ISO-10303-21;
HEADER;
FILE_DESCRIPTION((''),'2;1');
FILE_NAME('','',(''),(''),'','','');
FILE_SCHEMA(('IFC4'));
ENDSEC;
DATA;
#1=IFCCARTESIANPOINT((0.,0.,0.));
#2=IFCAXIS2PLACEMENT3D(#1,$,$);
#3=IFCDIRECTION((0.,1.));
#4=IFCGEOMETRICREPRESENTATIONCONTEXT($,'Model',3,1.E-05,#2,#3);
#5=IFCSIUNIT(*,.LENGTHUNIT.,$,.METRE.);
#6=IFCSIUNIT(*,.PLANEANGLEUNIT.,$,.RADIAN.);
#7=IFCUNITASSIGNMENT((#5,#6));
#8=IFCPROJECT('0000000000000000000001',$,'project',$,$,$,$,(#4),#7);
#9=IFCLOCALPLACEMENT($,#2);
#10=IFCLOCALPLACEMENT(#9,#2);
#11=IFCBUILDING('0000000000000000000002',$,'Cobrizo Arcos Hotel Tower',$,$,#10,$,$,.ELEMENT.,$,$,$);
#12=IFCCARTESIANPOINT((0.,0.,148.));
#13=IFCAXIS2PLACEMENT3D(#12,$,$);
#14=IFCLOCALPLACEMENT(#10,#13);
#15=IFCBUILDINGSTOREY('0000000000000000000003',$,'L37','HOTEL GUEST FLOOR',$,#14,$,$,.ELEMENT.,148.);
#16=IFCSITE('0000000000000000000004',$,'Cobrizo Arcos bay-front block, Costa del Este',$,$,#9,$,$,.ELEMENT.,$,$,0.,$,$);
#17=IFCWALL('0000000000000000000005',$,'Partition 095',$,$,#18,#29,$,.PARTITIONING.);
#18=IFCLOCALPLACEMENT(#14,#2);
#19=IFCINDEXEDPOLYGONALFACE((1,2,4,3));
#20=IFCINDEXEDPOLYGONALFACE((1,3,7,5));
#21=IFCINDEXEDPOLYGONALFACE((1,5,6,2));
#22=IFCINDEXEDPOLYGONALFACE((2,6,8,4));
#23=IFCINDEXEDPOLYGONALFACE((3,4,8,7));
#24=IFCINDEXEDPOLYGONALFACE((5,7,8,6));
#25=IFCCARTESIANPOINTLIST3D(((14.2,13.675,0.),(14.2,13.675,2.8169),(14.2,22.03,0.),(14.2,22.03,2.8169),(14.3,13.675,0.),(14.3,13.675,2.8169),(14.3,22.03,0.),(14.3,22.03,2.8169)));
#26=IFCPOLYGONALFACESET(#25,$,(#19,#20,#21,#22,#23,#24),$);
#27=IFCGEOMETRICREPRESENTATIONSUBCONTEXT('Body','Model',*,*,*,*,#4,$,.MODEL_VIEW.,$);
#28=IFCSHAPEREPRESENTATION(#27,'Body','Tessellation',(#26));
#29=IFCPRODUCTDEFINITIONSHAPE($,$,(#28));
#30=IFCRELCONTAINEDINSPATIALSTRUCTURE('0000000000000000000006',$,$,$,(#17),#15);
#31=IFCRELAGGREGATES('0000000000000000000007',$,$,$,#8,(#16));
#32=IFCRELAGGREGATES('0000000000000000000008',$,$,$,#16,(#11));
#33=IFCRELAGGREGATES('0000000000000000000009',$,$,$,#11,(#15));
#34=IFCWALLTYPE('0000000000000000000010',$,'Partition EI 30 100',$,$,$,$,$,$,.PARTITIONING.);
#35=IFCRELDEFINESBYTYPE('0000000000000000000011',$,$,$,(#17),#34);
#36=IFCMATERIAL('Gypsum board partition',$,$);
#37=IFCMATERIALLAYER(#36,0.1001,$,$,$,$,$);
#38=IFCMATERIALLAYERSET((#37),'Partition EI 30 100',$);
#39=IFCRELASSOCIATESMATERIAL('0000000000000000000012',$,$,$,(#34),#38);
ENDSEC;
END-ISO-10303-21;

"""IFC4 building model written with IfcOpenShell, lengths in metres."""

from ifc_helpers import new_model, si_unit, direction, frame, frame_2d, origin, place, context, subcontext, project, spatial, rectangle, extrude, material, layer, layer_set, type_object, element, save


model = new_model("IFC4")

# Units and contexts
model_context = context("Model", 3, precision=1e-05, world=origin(), true_north=direction((0.0, 1.0)))
body_context = subcontext(model_context, "Body", "Model", "MODEL_VIEW")
ifc_project = project(units=[si_unit("LENGTHUNIT", "METRE"), si_unit("PLANEANGLEUNIT", "RADIAN")], contexts=[model_context])

# Site, building, storey
site_placement = place(None, origin())
site = spatial("IfcSite", under=ifc_project, at=site_placement, Name="Cobrizo Arcos bay-front block, Costa del Este", CompositionType="ELEMENT", RefElevation=0.0)
building_placement = place(site_placement, origin())
building = spatial("IfcBuilding", under=site, at=building_placement, Name="Cobrizo Arcos Hotel Tower", CompositionType="ELEMENT")
storey_placement = place(building_placement, frame((0.0, 0.0, 148.0)))
storey = spatial("IfcBuildingStorey", under=building, at=storey_placement, Name="L37", Description="HOTEL GUEST FLOOR", CompositionType="ELEMENT", Elevation=148.0)

# Shared definitions
ifc_material_1 = material(Name="Gypsum board partition")

# Shared definitions
ifc_layer_1 = layer(ifc_material_1, 0.1001)
ifc_layer_set_1 = layer_set([ifc_layer_1], Name="Partition EI 30 100")
wall_type_1 = type_object("IfcWallType", Name="Partition EI 30 100", PredefinedType="PARTITIONING", material=ifc_layer_set_1)

# Wall
wall_1_placement = place(storey_placement, frame((14.25, 13.675, 0.0), z_axis=(0.0, 0.0, 1.0), x_axis=(0.0, 1.0, 0.0)))
element("IfcWall", 1, at=wall_1_placement, inside=storey, type_object=wall_type_1, Name="Partition 095", PredefinedType="PARTITIONING", context=body_context, shape_type="SweptSolid", body=[
    extrude(rectangle(XDim=8.355, YDim=0.1001, at=frame_2d((4.1775, 0.0))), origin(), (0.0, 0.0, 1.0), 2.8169),
])

save(model, "model.ifc")
